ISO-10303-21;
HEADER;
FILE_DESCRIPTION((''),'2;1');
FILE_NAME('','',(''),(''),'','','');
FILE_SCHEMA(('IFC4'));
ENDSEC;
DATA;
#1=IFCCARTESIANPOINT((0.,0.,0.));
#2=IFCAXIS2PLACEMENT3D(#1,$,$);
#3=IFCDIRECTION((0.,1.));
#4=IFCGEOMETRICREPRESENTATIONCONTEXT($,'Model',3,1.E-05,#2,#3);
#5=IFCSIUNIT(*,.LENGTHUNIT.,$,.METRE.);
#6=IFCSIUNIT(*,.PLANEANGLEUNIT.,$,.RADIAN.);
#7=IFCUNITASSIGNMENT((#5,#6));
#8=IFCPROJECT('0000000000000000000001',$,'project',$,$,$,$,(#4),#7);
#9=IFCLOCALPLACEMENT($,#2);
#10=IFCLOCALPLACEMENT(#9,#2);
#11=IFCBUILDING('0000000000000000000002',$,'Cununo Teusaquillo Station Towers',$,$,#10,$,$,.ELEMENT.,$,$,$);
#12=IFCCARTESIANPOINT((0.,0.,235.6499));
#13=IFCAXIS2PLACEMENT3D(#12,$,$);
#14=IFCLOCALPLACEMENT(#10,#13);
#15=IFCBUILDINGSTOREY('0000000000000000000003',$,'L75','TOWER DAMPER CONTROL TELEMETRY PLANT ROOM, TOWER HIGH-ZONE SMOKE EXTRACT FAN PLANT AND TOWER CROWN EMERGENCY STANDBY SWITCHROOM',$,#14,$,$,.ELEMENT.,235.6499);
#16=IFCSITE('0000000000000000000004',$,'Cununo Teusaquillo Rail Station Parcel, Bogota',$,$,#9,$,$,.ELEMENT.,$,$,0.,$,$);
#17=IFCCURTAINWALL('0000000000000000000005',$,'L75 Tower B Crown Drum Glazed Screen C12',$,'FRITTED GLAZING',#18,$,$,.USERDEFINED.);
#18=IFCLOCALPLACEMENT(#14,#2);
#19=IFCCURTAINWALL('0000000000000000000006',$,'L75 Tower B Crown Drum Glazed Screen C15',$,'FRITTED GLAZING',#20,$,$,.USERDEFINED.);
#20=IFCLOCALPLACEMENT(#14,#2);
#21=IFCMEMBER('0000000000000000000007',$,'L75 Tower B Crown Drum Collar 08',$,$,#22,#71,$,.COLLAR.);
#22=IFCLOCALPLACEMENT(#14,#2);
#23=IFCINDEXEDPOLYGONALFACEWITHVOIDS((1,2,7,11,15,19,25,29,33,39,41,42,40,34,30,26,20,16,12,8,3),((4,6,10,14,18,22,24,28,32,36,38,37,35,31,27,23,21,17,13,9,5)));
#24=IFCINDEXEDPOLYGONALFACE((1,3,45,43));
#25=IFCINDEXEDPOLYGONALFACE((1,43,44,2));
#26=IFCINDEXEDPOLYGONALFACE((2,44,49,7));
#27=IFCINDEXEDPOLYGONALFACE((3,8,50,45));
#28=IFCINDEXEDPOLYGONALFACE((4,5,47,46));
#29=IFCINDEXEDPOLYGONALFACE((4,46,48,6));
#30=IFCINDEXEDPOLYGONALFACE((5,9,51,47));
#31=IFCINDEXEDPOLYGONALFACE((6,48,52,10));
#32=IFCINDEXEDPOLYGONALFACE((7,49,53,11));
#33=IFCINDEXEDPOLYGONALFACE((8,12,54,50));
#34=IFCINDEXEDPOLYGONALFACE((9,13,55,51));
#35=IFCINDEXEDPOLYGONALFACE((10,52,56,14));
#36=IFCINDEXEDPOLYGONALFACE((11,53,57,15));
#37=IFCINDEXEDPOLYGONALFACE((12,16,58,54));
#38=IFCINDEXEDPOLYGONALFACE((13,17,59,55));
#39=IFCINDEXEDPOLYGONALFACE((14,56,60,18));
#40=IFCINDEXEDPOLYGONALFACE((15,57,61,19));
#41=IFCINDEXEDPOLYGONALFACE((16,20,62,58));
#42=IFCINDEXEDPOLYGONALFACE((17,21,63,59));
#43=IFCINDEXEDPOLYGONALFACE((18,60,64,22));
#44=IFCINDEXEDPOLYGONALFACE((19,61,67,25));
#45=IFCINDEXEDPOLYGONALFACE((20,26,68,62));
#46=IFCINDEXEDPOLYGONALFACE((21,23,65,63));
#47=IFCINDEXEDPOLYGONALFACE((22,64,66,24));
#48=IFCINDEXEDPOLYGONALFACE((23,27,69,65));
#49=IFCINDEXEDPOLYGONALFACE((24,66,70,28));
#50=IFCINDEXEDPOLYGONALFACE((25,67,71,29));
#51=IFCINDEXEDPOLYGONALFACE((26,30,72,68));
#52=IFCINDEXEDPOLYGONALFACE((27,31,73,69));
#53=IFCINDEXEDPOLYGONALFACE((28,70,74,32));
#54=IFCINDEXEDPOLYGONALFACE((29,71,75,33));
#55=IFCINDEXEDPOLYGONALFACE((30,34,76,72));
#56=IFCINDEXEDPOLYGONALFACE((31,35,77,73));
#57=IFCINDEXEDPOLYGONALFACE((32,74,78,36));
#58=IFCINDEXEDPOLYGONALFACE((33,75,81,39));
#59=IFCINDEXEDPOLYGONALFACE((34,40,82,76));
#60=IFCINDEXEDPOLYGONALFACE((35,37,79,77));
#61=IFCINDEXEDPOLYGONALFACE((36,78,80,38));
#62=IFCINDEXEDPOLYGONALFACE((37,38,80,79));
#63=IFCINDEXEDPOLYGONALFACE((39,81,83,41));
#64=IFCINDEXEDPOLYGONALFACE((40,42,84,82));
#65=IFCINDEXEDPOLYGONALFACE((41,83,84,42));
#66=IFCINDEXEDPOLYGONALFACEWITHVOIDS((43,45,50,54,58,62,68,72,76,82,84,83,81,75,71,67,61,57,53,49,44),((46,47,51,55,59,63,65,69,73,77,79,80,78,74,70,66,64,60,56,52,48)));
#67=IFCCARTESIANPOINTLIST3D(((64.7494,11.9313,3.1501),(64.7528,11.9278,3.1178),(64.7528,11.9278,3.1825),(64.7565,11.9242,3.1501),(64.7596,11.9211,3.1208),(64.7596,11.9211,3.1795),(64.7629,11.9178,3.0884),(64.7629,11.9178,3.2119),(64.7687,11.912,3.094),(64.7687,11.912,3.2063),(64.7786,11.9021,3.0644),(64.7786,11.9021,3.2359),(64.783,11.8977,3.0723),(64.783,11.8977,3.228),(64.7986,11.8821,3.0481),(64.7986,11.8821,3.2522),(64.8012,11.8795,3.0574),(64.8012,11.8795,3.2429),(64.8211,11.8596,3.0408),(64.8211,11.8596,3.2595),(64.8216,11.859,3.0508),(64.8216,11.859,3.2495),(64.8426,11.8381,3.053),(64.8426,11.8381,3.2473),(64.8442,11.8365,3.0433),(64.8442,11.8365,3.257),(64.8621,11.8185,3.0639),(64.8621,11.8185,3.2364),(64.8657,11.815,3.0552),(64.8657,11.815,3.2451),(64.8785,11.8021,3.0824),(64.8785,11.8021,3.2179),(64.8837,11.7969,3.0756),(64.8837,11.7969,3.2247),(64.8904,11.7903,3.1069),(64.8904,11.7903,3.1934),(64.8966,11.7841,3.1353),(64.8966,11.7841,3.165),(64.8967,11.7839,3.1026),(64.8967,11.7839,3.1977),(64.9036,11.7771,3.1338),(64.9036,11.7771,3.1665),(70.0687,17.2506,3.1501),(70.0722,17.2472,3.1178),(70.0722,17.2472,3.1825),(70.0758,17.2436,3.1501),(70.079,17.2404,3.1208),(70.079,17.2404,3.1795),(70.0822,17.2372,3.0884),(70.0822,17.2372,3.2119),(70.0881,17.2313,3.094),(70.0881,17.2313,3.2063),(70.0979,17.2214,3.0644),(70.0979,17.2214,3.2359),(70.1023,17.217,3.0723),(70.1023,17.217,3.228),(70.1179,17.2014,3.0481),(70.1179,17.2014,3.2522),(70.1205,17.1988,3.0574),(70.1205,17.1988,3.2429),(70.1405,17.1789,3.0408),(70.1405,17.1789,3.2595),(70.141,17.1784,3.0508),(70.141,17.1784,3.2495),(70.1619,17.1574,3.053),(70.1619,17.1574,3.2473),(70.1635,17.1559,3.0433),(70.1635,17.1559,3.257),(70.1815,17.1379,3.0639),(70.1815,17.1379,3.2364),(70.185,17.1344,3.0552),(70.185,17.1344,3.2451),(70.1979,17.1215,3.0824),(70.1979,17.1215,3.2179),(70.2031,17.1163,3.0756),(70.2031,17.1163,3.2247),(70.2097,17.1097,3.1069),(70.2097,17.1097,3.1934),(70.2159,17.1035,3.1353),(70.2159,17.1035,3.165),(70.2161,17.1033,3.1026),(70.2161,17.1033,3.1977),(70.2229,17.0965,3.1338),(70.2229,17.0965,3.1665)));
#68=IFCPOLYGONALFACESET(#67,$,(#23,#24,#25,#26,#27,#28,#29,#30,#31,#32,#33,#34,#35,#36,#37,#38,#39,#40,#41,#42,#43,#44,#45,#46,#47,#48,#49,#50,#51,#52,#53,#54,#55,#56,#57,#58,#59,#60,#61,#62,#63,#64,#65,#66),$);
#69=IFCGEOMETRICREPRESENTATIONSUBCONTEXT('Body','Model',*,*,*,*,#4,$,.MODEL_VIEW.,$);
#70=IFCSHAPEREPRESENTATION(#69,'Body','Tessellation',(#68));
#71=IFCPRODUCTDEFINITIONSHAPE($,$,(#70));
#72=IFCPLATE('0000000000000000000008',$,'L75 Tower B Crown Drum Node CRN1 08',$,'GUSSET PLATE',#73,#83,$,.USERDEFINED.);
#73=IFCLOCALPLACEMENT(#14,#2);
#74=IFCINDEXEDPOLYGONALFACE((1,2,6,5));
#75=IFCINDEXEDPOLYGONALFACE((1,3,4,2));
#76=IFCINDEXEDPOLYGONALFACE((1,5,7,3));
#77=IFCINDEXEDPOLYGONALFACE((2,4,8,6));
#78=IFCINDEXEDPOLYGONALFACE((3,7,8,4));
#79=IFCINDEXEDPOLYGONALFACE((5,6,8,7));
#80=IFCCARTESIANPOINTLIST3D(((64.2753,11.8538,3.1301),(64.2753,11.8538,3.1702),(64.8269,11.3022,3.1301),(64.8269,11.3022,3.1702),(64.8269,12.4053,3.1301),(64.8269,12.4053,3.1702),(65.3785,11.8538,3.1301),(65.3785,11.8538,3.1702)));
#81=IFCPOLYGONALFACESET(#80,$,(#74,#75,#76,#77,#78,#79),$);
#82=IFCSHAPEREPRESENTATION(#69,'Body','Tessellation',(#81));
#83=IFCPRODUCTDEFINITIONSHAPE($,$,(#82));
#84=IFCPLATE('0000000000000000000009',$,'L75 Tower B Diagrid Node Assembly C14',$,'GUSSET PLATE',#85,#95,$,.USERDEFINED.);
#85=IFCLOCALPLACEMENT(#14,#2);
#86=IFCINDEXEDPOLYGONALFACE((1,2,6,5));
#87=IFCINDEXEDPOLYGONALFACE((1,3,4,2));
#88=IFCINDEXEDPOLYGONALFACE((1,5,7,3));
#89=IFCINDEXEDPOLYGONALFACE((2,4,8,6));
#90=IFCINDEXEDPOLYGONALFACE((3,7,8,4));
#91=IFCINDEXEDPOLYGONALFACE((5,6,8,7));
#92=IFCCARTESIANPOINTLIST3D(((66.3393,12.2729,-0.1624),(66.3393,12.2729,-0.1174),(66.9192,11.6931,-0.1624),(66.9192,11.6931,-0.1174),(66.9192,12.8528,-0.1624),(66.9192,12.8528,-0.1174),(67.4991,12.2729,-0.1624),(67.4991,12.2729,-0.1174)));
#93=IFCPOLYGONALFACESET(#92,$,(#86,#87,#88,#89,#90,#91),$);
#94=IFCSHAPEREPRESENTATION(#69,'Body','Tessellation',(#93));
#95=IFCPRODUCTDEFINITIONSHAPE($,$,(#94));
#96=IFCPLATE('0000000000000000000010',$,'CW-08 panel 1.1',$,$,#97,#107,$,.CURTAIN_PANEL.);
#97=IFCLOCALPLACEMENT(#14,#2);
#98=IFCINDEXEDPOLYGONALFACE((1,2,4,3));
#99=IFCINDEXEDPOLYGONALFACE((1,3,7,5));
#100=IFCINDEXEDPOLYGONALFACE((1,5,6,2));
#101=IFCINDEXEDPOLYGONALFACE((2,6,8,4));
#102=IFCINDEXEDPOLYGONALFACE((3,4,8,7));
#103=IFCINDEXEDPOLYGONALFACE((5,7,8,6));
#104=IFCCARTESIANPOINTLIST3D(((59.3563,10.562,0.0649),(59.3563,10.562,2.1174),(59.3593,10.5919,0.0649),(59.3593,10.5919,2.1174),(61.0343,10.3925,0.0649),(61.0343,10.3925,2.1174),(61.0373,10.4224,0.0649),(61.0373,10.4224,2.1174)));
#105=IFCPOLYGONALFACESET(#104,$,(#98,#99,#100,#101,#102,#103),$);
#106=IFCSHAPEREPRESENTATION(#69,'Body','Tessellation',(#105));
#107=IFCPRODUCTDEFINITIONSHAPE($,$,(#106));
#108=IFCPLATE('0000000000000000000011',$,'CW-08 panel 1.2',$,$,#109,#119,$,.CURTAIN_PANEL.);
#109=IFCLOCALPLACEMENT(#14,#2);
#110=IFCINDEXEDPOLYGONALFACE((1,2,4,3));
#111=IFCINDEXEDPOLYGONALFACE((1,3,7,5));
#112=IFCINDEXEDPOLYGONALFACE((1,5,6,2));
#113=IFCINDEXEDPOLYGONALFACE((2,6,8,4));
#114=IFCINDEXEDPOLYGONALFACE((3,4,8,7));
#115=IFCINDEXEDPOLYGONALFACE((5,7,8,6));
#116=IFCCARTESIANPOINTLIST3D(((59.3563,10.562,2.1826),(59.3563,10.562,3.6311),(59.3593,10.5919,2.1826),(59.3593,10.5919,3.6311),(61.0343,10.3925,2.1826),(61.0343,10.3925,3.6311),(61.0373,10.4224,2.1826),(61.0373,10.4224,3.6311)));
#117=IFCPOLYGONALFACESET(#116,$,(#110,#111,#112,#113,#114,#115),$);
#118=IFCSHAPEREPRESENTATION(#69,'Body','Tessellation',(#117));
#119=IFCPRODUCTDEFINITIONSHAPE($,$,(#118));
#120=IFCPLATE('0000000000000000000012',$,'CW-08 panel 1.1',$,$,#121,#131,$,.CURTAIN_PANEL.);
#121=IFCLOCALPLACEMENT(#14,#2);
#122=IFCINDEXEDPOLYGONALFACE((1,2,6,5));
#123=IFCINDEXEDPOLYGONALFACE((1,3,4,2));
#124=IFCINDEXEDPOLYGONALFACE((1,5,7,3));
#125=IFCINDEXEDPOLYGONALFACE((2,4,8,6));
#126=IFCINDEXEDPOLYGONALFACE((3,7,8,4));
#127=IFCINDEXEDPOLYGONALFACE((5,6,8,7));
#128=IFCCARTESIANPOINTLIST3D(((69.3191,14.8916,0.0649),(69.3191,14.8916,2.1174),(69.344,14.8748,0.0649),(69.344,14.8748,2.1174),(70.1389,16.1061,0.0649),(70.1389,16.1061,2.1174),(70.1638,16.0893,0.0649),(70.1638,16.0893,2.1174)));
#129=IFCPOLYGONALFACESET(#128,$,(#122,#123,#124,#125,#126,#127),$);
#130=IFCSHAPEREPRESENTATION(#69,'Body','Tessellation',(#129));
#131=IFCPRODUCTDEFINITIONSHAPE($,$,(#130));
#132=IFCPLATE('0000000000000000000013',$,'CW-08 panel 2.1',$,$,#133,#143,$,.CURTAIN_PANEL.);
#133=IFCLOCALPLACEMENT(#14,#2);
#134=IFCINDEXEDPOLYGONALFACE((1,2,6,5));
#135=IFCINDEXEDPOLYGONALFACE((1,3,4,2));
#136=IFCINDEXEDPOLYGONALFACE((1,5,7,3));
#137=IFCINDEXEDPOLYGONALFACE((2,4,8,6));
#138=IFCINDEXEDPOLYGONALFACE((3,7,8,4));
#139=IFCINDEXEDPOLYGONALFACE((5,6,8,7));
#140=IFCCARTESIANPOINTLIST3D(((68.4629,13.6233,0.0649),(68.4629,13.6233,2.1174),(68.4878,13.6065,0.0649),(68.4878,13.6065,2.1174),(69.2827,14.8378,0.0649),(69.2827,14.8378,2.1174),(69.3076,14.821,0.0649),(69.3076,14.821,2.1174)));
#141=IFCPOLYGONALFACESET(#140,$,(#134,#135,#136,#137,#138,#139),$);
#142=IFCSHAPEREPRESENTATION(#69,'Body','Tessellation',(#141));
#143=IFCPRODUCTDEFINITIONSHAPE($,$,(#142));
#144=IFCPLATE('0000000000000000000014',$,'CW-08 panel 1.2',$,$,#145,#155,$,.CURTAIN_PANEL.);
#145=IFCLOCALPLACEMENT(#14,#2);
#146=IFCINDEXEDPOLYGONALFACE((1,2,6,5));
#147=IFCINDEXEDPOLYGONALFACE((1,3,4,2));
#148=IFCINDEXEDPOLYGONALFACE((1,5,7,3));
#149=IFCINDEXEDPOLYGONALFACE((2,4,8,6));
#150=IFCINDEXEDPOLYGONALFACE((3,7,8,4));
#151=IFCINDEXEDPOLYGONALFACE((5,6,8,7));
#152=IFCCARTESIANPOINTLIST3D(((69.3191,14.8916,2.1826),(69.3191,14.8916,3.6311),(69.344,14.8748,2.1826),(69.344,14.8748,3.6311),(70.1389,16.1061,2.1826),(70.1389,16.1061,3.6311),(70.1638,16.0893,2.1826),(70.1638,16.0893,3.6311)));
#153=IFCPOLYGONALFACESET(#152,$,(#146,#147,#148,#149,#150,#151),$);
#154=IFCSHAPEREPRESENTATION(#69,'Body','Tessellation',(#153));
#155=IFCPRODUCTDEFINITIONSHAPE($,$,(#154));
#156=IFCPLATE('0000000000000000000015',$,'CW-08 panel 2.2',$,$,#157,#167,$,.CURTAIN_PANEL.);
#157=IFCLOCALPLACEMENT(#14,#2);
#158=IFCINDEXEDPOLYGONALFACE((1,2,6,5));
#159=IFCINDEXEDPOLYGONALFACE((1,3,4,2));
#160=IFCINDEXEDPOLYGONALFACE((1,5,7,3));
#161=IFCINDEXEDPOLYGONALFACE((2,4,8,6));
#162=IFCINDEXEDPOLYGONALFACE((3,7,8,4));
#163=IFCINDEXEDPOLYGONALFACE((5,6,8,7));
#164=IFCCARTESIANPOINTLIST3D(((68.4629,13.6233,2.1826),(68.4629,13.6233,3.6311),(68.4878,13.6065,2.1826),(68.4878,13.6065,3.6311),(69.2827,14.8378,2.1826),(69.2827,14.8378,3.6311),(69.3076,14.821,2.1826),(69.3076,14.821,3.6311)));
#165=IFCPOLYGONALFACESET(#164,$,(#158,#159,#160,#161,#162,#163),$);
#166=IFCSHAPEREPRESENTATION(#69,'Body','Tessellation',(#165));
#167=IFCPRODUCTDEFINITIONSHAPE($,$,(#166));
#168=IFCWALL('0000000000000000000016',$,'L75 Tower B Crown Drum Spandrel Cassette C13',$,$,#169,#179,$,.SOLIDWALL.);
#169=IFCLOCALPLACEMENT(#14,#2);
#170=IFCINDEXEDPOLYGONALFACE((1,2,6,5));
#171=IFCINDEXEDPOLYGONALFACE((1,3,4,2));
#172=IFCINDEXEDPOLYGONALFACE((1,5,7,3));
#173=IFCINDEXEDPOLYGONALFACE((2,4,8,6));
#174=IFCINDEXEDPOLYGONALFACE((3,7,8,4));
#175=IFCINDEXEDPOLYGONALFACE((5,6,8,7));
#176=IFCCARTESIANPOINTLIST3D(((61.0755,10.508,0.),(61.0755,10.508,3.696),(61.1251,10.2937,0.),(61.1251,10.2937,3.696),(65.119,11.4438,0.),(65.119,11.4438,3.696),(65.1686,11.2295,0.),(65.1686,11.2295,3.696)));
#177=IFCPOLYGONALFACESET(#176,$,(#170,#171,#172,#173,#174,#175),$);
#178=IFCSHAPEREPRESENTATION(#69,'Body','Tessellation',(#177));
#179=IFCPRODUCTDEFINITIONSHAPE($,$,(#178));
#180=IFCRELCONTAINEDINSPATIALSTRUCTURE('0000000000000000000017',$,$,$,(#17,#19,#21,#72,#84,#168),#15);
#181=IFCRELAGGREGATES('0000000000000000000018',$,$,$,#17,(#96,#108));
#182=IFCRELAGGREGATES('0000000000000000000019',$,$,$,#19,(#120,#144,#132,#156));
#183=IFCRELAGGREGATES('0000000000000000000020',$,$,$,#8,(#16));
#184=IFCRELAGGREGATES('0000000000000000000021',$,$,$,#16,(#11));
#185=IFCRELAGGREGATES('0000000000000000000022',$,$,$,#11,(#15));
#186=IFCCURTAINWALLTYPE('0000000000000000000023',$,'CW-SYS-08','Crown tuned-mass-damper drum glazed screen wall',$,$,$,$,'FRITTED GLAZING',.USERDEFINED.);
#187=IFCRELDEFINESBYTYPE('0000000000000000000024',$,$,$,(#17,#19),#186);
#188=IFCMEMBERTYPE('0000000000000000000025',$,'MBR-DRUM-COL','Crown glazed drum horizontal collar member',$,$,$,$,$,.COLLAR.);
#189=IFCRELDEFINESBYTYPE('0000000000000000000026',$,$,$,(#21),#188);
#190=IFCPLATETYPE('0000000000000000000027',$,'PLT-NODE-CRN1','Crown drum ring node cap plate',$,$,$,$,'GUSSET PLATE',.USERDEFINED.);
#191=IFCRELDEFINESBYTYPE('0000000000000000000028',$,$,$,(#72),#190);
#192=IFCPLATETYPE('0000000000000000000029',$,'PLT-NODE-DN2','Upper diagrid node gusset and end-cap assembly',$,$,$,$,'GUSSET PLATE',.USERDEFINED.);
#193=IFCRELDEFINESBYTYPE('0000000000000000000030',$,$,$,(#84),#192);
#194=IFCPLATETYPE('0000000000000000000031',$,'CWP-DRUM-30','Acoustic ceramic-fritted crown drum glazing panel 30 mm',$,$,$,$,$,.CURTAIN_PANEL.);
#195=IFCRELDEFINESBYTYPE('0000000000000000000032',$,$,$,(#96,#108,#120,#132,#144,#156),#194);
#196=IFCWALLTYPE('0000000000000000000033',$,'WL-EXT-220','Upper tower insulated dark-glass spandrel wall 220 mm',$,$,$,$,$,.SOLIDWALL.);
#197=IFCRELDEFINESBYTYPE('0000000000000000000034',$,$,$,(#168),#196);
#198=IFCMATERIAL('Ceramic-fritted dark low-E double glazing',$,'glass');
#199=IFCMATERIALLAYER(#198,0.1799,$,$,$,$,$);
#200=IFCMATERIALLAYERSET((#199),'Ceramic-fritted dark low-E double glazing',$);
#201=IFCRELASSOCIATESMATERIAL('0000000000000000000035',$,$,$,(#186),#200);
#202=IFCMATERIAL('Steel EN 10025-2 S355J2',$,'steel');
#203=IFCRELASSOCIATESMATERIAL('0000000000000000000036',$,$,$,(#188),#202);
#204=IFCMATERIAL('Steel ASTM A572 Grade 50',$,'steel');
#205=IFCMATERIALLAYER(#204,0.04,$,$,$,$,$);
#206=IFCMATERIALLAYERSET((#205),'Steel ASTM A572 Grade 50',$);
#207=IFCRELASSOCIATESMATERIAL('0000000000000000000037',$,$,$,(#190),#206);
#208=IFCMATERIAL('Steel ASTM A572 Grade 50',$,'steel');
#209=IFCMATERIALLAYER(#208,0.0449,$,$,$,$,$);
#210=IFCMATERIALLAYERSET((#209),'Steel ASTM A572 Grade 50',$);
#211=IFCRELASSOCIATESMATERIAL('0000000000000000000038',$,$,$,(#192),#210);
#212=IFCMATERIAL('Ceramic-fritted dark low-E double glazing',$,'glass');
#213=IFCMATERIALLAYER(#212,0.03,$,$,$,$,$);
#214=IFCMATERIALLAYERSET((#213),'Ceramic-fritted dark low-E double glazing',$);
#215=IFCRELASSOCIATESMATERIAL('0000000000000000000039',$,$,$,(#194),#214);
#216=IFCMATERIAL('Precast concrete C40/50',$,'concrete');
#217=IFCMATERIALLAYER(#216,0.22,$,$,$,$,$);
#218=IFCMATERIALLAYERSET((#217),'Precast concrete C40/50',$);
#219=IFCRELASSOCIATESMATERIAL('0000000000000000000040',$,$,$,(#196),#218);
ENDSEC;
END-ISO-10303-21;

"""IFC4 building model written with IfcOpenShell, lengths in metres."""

from ifc_helpers import new_model, si_unit, direction, frame, frame_2d, origin, origin_2d, place, context, subcontext, project, spatial, rectangle, hollow_circle, extrude, source, transform, mapped, material, layer, layer_set, material_profile, profile_set, type_object, element, aggregate, save


model = new_model("IFC4")

# Units and contexts
model_context = context("Model", 3, precision=1e-05, world=origin(), true_north=direction((0.0, 1.0)))
body_context = subcontext(model_context, "Body", "Model", "MODEL_VIEW")
ifc_project = project(units=[si_unit("LENGTHUNIT", "METRE"), si_unit("PLANEANGLEUNIT", "RADIAN")], contexts=[model_context])

# Site, building, storey
site_placement = place(None, origin())
site = spatial("IfcSite", under=ifc_project, at=site_placement, Name="Cununo Teusaquillo Rail Station Parcel, Bogota", CompositionType="ELEMENT", RefElevation=0.0)
building_placement = place(site_placement, origin())
building = spatial("IfcBuilding", under=site, at=building_placement, Name="Cununo Teusaquillo Station Towers", CompositionType="ELEMENT")
storey_placement = place(building_placement, frame((0.0, 0.0, 235.6499)))
storey = spatial("IfcBuildingStorey", under=building, at=storey_placement, Name="L75", Description="TOWER DAMPER CONTROL TELEMETRY PLANT ROOM, TOWER HIGH-ZONE SMOKE EXTRACT FAN PLANT AND TOWER CROWN EMERGENCY STANDBY SWITCHROOM", CompositionType="ELEMENT", Elevation=235.6499)

# Curtain walls
ifc_material_1 = material(Name="Ceramic-fritted dark low-E double glazing", Category="glass")
ifc_layer_1 = layer(ifc_material_1, 0.1799)
ifc_layer_set_1 = layer_set([ifc_layer_1], Name="Ceramic-fritted dark low-E double glazing")
curtain_wall_type = type_object("IfcCurtainWallType", Name="CW-SYS-08", Description="Crown tuned-mass-damper drum glazed screen wall", ElementType="FRITTED GLAZING", PredefinedType="USERDEFINED", material=ifc_layer_set_1)
curtain_wall_1_placement = place(storey_placement, origin())
curtain_wall_1 = element("IfcCurtainWall", 1, at=curtain_wall_1_placement, inside=storey, type_object=curtain_wall_type, Name="L75 Tower B Crown Drum Glazed Screen C12", ObjectType="FRITTED GLAZING", PredefinedType="USERDEFINED")
curtain_wall_2_placement = place(storey_placement, origin())
curtain_wall_2 = element("IfcCurtainWall", 2, at=curtain_wall_2_placement, inside=storey, type_object=curtain_wall_type, Name="L75 Tower B Crown Drum Glazed Screen C15", ObjectType="FRITTED GLAZING", PredefinedType="USERDEFINED")

# Member
ifc_material_2 = material(Name="Steel EN 10025-2 S355J2", Category="steel")
ifc_material_profile_1 = material_profile(ifc_material_2, hollow_circle(Radius=0.1096, WallThickness=0.01, at=origin_2d()), Name="CHS 219x10")
ifc_profile_set_1 = profile_set([ifc_material_profile_1], Name="Steel EN 10025-2 S355J2")
member_type_1 = type_object("IfcMemberType", Name="MBR-DRUM-COL", Description="Crown glazed drum horizontal collar member", PredefinedType="COLLAR", material=ifc_profile_set_1)
member_1_placement = place(storey_placement, frame((64.8269, 11.8538, 3.1501), z_axis=(0.707107, 0.707107, 0.0), x_axis=(-0.707107, 0.707107, 0.0)))
element("IfcMember", 3, at=member_1_placement, inside=storey, type_object=member_type_1, Name="L75 Tower B Crown Drum Collar 08", PredefinedType="COLLAR", context=body_context, shape_type="SweptSolid", body=[
    extrude(hollow_circle(Radius=0.1096, WallThickness=0.01, at=origin_2d()), origin(), (0.0, 0.0, 1.0), 7.5227),
])

# Plates
ifc_material_3 = material(Name="Steel ASTM A572 Grade 50", Category="steel")
ifc_layer_2 = layer(ifc_material_3, 0.04)
ifc_layer_set_2 = layer_set([ifc_layer_2], Name="Steel ASTM A572 Grade 50")
plate_type_1 = type_object("IfcPlateType", Name="PLT-NODE-CRN1", Description="Crown drum ring node cap plate", ElementType="GUSSET PLATE", PredefinedType="USERDEFINED", material=ifc_layer_set_2)
shared_shape_1 = source(origin(), body_context, "Body", "SweptSolid", [
    extrude(rectangle(XDim=0.78, YDim=0.78, at=origin_2d()), origin(), (0.0, 0.0, 1.0), 0.04),
])
plate_1_placement = place(storey_placement, frame((64.8269, 11.8538, 3.1301), z_axis=(0.0, 0.0, 1.0), x_axis=(0.707107, 0.707107, 0.0)))
element("IfcPlate", 4, at=plate_1_placement, inside=storey, type_object=plate_type_1, Name="L75 Tower B Crown Drum Node CRN1 08", ObjectType="GUSSET PLATE", PredefinedType="USERDEFINED", context=body_context, shape_type="MappedRepresentation", body=[
    mapped(shared_shape_1, transform((0.0, 0.0, 0.0), x_axis=(1.0, 0.0, 0.0), y_axis=(0.0, 1.0, 0.0), z_axis=(0.0, 0.0, 1.0), scale=1.0)),
])
ifc_material_4 = material(Name="Steel ASTM A572 Grade 50", Category="steel")
ifc_layer_3 = layer(ifc_material_4, 0.0449)
ifc_layer_set_3 = layer_set([ifc_layer_3], Name="Steel ASTM A572 Grade 50")
plate_type_2 = type_object("IfcPlateType", Name="PLT-NODE-DN2", Description="Upper diagrid node gusset and end-cap assembly", ElementType="GUSSET PLATE", PredefinedType="USERDEFINED", material=ifc_layer_set_3)
shared_shape_2 = source(origin(), body_context, "Body", "SweptSolid", [
    extrude(rectangle(XDim=0.8201, YDim=0.8201, at=origin_2d()), origin(), (0.0, 0.0, 1.0), 0.0449),
])
plate_2_placement = place(storey_placement, frame((66.9192, 12.2729, -0.1624), z_axis=(0.0, 0.0, 1.0), x_axis=(0.707107, 0.707107, 0.0)))
element("IfcPlate", 5, at=plate_2_placement, inside=storey, type_object=plate_type_2, Name="L75 Tower B Diagrid Node Assembly C14", ObjectType="GUSSET PLATE", PredefinedType="USERDEFINED", context=body_context, shape_type="MappedRepresentation", body=[
    mapped(shared_shape_2, transform((0.0, 0.0, 0.0), x_axis=(1.0, 0.0, 0.0), y_axis=(0.0, 1.0, 0.0), z_axis=(0.0, 0.0, 1.0), scale=1.0)),
])

# Plates
ifc_material_5 = material(Name="Ceramic-fritted dark low-E double glazing", Category="glass")
ifc_layer_4 = layer(ifc_material_5, 0.03)
ifc_layer_set_4 = layer_set([ifc_layer_4], Name="Ceramic-fritted dark low-E double glazing")
plate_type_3 = type_object("IfcPlateType", Name="CWP-DRUM-30", Description="Acoustic ceramic-fritted crown drum glazing panel 30 mm", PredefinedType="CURTAIN_PANEL", material=ifc_layer_set_4)
shared_shape_3 = source(origin(), body_context, "Body", "SweptSolid", [
    extrude(rectangle(XDim=1.6865, YDim=0.03, at=origin_2d()), origin(), (0.0, 0.0, 1.0), 2.0525),
])
plate_3_placement = place(storey_placement, frame((60.1968, 10.4922, 0.0649), z_axis=(0.0, 0.0, 1.0), x_axis=(-0.994934, 0.100528, 0.0)))
plate_3 = element("IfcPlate", 6, at=plate_3_placement, type_object=plate_type_3, Name="CW-08 panel 1.1", PredefinedType="CURTAIN_PANEL", context=body_context, shape_type="MappedRepresentation", body=[
    mapped(shared_shape_3, transform((0.0, 0.0, 0.0), x_axis=(1.0, 0.0, 0.0), y_axis=(0.0, 1.0, 0.0), z_axis=(0.0, 0.0, 1.0), scale=1.0)),
])
shared_shape_4 = source(origin(), body_context, "Body", "SweptSolid", [
    extrude(rectangle(XDim=1.6865, YDim=0.03, at=origin_2d()), origin(), (0.0, 0.0, 1.0), 1.4485),
])
plate_4_placement = place(storey_placement, frame((60.1968, 10.4922, 2.1826), z_axis=(0.0, 0.0, 1.0), x_axis=(-0.994934, 0.100528, 0.0)))
plate_4 = element("IfcPlate", 7, at=plate_4_placement, type_object=plate_type_3, Name="CW-08 panel 1.2", PredefinedType="CURTAIN_PANEL", context=body_context, shape_type="MappedRepresentation", body=[
    mapped(shared_shape_4, transform((0.0, 0.0, 0.0), x_axis=(1.0, 0.0, 0.0), y_axis=(0.0, 1.0, 0.0), z_axis=(0.0, 0.0, 1.0), scale=1.0)),
])
aggregate(curtain_wall_1, [plate_3, plate_4])
shared_shape_5 = source(origin(), body_context, "Body", "SweptSolid", [
    extrude(rectangle(XDim=1.4653, YDim=0.03, at=origin_2d()), origin(), (0.0, 0.0, 1.0), 2.0525),
])
plate_5_placement = place(storey_placement, frame((69.7415, 15.4905, 0.0649), z_axis=(0.0, 0.0, 1.0), x_axis=(-0.559505, -0.828827, 0.0)))
plate_5 = element("IfcPlate", 8, at=plate_5_placement, type_object=plate_type_3, Name="CW-08 panel 1.1", PredefinedType="CURTAIN_PANEL", context=body_context, shape_type="MappedRepresentation", body=[
    mapped(shared_shape_5, transform((0.0, 0.0, 0.0), x_axis=(1.0, 0.0, 0.0), y_axis=(0.0, 1.0, 0.0), z_axis=(0.0, 0.0, 1.0), scale=1.0)),
])
plate_6_placement = place(storey_placement, frame((68.8853, 14.2222, 0.0649), z_axis=(0.0, 0.0, 1.0), x_axis=(-0.559505, -0.828827, 0.0)))
plate_6 = element("IfcPlate", 9, at=plate_6_placement, type_object=plate_type_3, Name="CW-08 panel 2.1", PredefinedType="CURTAIN_PANEL", context=body_context, shape_type="MappedRepresentation", body=[
    mapped(shared_shape_5, transform((0.0, 0.0, 0.0), x_axis=(1.0, 0.0, 0.0), y_axis=(0.0, 1.0, 0.0), z_axis=(0.0, 0.0, 1.0), scale=1.0)),
])
shared_shape_6 = source(origin(), body_context, "Body", "SweptSolid", [
    extrude(rectangle(XDim=1.4653, YDim=0.03, at=origin_2d()), origin(), (0.0, 0.0, 1.0), 1.4485),
])
plate_7_placement = place(storey_placement, frame((69.7415, 15.4905, 2.1826), z_axis=(0.0, 0.0, 1.0), x_axis=(-0.559505, -0.828827, 0.0)))
plate_7 = element("IfcPlate", 10, at=plate_7_placement, type_object=plate_type_3, Name="CW-08 panel 1.2", PredefinedType="CURTAIN_PANEL", context=body_context, shape_type="MappedRepresentation", body=[
    mapped(shared_shape_6, transform((0.0, 0.0, 0.0), x_axis=(1.0, 0.0, 0.0), y_axis=(0.0, 1.0, 0.0), z_axis=(0.0, 0.0, 1.0), scale=1.0)),
])
plate_8_placement = place(storey_placement, frame((68.8853, 14.2222, 2.1826), z_axis=(0.0, 0.0, 1.0), x_axis=(-0.559505, -0.828827, 0.0)))
plate_8 = element("IfcPlate", 11, at=plate_8_placement, type_object=plate_type_3, Name="CW-08 panel 2.2", PredefinedType="CURTAIN_PANEL", context=body_context, shape_type="MappedRepresentation", body=[
    mapped(shared_shape_6, transform((0.0, 0.0, 0.0), x_axis=(1.0, 0.0, 0.0), y_axis=(0.0, 1.0, 0.0), z_axis=(0.0, 0.0, 1.0), scale=1.0)),
])
aggregate(curtain_wall_2, [plate_5, plate_7, plate_6, plate_8])

# Wall
ifc_material_6 = material(Name="Precast concrete C40/50", Category="concrete")
ifc_layer_5 = layer(ifc_material_6, 0.22)
ifc_layer_set_5 = layer_set([ifc_layer_5], Name="Precast concrete C40/50")
wall_type = type_object("IfcWallType", Name="WL-EXT-220", Description="Upper tower insulated dark-glass spandrel wall 220 mm", PredefinedType="SOLIDWALL", material=ifc_layer_set_5)
wall_1_placement = place(storey_placement, frame((65.1438, 11.3367, 0.0), z_axis=(0.0, 0.0, 1.0), x_axis=(-0.974249, -0.225474, 0.0)))
element("IfcWall", 12, at=wall_1_placement, inside=storey, type_object=wall_type, Name="L75 Tower B Crown Drum Spandrel Cassette C13", PredefinedType="SOLIDWALL", context=body_context, shape_type="SweptSolid", body=[
    extrude(rectangle(XDim=4.1504, YDim=0.22, at=frame_2d((2.0752, 0.0))), origin(), (0.0, 0.0, 1.0), 3.696),
])

save(model, "model.ifc")
